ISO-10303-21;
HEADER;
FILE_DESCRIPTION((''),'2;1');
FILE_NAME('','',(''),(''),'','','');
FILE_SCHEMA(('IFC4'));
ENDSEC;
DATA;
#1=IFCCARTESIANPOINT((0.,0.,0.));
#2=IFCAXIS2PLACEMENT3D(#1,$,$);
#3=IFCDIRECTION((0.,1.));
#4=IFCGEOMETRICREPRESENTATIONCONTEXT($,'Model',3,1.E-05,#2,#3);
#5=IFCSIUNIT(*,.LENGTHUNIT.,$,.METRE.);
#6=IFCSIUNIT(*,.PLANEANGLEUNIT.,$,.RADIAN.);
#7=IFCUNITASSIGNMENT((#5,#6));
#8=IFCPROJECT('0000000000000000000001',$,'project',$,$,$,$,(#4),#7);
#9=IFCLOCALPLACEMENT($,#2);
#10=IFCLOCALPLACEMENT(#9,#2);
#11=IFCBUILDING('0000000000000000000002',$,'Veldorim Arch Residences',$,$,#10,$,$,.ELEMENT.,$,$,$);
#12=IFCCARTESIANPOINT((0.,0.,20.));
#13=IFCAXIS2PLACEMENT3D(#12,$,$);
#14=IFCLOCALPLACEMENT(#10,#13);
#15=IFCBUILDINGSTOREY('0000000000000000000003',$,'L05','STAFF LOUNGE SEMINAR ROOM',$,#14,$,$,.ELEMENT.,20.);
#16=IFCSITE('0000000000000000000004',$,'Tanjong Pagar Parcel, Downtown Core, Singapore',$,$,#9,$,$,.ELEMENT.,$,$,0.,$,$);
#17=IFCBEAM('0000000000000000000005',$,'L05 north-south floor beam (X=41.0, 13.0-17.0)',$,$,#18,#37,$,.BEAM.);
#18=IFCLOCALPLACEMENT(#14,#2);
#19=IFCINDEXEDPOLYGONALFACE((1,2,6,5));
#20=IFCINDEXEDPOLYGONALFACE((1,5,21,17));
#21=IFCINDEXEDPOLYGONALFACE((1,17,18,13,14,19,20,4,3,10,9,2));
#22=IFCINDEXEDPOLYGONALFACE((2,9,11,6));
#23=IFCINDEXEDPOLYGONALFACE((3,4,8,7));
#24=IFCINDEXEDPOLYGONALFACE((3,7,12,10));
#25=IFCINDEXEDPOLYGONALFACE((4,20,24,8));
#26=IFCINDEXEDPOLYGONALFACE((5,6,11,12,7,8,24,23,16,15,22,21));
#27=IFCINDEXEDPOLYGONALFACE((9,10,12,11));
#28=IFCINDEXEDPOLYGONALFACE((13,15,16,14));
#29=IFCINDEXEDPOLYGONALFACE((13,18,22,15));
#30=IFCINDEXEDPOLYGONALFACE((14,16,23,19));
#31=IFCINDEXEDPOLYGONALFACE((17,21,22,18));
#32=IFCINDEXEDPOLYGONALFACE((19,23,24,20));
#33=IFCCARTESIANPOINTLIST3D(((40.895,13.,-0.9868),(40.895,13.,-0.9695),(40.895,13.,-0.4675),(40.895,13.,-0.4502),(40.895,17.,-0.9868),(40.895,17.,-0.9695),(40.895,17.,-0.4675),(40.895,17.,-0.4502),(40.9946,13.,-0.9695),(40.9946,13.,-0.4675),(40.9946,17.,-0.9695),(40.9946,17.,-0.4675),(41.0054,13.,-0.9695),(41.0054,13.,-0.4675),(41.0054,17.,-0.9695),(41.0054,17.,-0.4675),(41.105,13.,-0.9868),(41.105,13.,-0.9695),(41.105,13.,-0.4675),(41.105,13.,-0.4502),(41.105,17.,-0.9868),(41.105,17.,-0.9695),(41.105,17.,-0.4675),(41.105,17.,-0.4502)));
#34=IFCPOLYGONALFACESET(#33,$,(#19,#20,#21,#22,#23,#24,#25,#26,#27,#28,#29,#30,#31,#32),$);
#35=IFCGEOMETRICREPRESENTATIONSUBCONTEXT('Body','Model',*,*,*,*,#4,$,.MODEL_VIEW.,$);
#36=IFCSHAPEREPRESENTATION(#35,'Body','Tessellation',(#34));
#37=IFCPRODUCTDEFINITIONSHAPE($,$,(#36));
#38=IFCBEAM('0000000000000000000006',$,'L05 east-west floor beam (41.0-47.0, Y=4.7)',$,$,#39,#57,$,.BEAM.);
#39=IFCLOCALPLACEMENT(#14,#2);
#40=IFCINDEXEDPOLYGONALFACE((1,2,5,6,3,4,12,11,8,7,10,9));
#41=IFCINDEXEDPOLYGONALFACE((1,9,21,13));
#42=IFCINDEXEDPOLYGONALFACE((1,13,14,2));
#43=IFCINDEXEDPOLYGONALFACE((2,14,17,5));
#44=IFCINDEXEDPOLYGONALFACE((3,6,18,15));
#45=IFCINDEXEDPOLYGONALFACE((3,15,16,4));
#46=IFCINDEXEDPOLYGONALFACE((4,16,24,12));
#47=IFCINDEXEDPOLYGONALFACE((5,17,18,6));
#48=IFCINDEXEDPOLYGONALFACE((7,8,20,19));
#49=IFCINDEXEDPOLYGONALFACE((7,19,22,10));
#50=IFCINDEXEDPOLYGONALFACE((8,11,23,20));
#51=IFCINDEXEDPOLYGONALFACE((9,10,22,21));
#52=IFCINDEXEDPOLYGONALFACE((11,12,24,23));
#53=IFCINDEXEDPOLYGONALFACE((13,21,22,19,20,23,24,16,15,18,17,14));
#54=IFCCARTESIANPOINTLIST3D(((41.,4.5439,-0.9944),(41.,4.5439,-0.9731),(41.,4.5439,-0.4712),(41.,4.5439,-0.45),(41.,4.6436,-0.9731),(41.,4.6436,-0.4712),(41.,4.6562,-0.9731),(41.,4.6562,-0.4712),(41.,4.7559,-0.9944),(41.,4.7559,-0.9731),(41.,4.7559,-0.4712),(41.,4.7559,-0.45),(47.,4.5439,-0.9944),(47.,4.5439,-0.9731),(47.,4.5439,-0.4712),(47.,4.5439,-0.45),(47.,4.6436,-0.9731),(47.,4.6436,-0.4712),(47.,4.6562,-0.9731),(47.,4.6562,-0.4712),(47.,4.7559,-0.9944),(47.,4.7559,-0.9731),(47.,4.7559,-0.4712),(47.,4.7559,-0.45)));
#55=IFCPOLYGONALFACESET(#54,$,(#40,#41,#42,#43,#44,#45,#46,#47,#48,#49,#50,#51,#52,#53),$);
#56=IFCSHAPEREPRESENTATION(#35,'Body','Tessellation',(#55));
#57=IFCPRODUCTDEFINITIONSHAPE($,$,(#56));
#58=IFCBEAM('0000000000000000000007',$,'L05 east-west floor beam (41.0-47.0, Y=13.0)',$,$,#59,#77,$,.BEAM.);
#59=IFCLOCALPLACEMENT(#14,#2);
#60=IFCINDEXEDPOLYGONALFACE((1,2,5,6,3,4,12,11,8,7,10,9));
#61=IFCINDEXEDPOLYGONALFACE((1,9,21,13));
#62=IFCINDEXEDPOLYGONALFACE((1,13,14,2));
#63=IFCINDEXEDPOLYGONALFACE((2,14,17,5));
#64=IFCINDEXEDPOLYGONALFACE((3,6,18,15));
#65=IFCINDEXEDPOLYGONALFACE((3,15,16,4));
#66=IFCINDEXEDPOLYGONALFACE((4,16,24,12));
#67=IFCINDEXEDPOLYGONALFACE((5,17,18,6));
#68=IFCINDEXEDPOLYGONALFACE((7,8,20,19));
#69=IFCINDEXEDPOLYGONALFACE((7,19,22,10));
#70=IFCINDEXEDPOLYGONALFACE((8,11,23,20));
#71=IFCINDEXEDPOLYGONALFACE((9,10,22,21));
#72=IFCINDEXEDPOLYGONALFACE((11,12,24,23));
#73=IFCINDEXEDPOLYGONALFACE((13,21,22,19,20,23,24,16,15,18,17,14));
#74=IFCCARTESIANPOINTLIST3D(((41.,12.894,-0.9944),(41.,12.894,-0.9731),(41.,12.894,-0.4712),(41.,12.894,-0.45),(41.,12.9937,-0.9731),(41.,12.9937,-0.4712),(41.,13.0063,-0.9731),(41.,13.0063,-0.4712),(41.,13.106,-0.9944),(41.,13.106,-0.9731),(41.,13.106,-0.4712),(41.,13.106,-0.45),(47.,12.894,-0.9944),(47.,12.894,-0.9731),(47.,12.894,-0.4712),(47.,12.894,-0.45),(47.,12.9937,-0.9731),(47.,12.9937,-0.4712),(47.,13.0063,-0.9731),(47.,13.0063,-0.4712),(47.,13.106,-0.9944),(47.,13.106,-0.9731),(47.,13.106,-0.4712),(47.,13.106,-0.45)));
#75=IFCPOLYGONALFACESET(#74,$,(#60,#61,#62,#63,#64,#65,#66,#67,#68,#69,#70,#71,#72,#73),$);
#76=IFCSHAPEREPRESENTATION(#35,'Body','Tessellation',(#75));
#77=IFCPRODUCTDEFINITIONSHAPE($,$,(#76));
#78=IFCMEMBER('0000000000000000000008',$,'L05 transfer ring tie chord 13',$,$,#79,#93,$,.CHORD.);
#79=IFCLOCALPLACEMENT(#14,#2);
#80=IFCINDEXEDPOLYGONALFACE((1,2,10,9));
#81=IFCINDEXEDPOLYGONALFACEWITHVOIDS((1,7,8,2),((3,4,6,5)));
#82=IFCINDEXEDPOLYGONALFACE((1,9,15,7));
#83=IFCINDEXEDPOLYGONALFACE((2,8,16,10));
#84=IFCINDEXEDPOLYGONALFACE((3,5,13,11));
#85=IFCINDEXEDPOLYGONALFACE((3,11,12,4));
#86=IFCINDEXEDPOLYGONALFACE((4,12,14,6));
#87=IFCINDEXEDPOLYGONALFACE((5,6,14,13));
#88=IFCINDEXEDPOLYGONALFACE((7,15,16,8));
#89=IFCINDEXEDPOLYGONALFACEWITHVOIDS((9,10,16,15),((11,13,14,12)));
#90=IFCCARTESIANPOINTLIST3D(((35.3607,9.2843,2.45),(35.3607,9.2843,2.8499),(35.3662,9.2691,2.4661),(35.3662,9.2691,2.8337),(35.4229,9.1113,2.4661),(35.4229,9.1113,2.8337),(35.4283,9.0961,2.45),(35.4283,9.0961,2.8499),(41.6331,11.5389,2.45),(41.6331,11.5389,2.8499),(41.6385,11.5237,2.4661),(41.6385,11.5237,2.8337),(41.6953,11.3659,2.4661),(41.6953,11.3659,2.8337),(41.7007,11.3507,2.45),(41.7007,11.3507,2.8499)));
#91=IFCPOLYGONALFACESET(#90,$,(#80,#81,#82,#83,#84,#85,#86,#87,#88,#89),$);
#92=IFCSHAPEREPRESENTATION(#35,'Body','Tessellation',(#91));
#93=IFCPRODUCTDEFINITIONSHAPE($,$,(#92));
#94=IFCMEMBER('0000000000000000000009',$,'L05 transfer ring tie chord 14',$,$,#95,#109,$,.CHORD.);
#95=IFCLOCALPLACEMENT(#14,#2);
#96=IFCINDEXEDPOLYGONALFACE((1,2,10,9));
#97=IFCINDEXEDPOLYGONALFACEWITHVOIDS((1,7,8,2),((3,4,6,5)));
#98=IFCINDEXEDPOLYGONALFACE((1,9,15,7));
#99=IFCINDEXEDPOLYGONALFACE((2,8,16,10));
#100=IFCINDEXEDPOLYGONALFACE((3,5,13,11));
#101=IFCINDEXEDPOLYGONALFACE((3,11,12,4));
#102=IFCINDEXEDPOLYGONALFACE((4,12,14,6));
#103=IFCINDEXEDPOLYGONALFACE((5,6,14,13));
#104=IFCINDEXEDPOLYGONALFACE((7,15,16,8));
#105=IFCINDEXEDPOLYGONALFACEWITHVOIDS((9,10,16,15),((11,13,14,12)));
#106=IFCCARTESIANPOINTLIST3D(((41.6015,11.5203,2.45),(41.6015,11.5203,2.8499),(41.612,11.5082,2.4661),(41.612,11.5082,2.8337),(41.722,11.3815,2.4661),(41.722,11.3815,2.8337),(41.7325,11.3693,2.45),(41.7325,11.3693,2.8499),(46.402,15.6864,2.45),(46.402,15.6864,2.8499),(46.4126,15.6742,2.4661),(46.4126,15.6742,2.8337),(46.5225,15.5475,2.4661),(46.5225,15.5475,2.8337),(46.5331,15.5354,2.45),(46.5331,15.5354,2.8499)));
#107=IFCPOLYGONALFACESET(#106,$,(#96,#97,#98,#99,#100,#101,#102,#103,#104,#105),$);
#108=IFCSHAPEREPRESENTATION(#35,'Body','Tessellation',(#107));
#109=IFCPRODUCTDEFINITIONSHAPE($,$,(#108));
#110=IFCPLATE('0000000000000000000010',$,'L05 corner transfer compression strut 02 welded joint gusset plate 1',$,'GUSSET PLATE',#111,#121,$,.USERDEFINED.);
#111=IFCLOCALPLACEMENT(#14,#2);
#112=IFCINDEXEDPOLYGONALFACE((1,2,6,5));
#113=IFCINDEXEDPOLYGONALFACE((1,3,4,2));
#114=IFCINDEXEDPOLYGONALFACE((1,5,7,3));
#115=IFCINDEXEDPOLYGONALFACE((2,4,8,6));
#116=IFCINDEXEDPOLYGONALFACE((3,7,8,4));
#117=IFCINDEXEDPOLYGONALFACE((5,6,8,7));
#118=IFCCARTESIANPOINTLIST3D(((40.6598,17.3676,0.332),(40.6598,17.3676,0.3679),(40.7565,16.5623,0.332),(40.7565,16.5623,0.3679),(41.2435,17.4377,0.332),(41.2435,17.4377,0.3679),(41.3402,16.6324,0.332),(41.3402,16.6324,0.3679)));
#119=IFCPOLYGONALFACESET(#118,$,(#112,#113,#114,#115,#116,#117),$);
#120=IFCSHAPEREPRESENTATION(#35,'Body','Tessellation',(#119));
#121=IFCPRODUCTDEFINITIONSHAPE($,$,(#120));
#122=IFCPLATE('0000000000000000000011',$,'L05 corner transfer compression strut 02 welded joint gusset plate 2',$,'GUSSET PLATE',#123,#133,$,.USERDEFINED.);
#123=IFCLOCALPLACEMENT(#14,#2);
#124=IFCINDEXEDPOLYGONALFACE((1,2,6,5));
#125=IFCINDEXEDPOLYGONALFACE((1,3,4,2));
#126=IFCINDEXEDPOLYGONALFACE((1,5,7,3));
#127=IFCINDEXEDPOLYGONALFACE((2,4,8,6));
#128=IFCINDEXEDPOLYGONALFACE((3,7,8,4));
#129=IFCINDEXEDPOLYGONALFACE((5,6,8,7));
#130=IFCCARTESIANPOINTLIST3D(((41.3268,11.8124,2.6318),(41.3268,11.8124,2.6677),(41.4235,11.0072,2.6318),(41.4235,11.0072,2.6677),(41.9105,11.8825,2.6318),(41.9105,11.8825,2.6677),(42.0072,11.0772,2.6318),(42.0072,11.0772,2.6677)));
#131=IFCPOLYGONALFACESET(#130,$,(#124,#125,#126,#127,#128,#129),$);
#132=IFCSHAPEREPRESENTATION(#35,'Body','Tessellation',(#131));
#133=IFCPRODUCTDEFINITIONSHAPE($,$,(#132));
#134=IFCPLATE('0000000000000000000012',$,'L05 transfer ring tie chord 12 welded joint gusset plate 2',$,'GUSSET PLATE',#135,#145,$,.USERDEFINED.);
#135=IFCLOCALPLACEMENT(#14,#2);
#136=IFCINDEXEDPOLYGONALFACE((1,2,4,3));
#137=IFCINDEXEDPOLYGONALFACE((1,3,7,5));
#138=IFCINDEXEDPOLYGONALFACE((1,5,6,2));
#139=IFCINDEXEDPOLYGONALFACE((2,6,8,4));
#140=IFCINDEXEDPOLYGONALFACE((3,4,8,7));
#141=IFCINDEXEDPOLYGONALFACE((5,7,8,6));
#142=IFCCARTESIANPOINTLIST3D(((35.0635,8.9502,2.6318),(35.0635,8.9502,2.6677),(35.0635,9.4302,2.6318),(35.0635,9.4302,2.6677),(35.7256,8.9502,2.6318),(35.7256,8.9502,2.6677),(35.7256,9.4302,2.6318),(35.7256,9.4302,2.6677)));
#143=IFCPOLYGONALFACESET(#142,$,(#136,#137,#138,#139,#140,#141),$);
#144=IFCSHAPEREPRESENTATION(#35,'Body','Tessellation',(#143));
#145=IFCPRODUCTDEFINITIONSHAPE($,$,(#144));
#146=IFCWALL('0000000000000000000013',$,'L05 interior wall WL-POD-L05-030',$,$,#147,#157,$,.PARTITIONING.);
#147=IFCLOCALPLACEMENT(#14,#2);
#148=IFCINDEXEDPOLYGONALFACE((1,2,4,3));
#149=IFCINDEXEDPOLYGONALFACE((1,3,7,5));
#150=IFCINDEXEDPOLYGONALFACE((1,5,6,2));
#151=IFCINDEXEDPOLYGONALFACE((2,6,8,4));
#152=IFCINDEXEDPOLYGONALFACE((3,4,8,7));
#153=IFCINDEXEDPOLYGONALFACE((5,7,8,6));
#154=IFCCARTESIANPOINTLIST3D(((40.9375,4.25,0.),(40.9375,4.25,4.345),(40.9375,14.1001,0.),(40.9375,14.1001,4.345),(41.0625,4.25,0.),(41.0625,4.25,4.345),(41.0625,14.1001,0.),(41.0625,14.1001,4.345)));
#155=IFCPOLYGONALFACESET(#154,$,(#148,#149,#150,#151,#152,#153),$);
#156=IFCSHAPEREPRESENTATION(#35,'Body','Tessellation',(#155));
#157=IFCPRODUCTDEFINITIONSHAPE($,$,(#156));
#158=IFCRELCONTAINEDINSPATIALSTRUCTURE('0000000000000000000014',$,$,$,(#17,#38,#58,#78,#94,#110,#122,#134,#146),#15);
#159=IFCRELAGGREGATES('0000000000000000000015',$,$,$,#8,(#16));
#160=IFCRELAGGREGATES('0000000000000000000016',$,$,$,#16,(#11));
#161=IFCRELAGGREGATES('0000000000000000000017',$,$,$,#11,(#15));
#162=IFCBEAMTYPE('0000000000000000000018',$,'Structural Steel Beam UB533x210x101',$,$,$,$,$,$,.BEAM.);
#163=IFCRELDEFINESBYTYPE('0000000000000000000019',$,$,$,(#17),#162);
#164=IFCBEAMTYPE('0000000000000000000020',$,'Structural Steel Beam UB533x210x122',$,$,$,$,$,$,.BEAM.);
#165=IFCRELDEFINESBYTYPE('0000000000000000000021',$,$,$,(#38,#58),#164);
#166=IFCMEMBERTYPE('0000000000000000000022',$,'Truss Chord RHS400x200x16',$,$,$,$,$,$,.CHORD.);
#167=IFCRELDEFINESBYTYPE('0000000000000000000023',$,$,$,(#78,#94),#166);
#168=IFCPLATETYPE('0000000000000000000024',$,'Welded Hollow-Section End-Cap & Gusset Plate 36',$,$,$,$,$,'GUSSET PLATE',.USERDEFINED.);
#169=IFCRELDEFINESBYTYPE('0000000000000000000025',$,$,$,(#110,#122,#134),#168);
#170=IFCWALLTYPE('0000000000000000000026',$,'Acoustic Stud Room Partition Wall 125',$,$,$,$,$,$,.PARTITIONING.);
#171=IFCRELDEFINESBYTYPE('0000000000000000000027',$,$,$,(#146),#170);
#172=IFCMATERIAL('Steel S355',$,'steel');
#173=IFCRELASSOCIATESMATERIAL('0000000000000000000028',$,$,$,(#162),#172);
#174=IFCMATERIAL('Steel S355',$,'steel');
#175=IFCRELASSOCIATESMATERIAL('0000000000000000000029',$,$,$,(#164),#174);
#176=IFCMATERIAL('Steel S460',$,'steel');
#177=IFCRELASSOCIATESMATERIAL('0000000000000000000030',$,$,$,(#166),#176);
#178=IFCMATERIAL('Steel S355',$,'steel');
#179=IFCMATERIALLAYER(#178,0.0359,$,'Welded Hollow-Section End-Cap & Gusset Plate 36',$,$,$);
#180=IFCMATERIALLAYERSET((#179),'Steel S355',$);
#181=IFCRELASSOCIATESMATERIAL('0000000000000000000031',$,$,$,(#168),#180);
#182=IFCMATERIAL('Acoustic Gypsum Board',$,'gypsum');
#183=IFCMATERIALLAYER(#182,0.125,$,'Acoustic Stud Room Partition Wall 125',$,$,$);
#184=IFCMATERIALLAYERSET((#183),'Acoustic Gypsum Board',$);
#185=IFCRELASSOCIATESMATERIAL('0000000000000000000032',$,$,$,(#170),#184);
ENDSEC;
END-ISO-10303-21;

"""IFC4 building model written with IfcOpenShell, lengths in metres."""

from ifc_helpers import new_model, si_unit, direction, frame, frame_2d, origin, origin_2d, place, context, subcontext, project, spatial, rectangle, hollow_rectangle, i_section, extrude, material, layer, layer_set, material_profile, profile_set, type_object, element, save


model = new_model("IFC4")

# Units and contexts
model_context = context("Model", 3, precision=1e-05, world=origin(), true_north=direction((0.0, 1.0)))
body_context = subcontext(model_context, "Body", "Model", "MODEL_VIEW")
ifc_project = project(units=[si_unit("LENGTHUNIT", "METRE"), si_unit("PLANEANGLEUNIT", "RADIAN")], contexts=[model_context])

# Site, building, storey
site_placement = place(None, origin())
site = spatial("IfcSite", under=ifc_project, at=site_placement, Name="Tanjong Pagar Parcel, Downtown Core, Singapore", CompositionType="ELEMENT", RefElevation=0.0)
building_placement = place(site_placement, origin())
building = spatial("IfcBuilding", under=site, at=building_placement, Name="Veldorim Arch Residences", CompositionType="ELEMENT")
storey_placement = place(building_placement, frame((0.0, 0.0, 20.0)))
storey = spatial("IfcBuildingStorey", under=building, at=storey_placement, Name="L05", Description="STAFF LOUNGE SEMINAR ROOM", CompositionType="ELEMENT", Elevation=20.0)

# Beams
ifc_material_1 = material(Name="Steel S355", Category="steel")
ifc_material_profile_1 = material_profile(ifc_material_1, i_section(OverallWidth=0.21, OverallDepth=0.5366, WebThickness=0.0107, FlangeThickness=0.0173, at=origin_2d()), Name="UB533x210x101")
ifc_profile_set_1 = profile_set([ifc_material_profile_1], Name="Steel S355")
beam_type_1 = type_object("IfcBeamType", Name="Structural Steel Beam UB533x210x101", PredefinedType="BEAM", material=ifc_profile_set_1)
beam_1_placement = place(storey_placement, frame((41.0, 13.0, -0.7185), z_axis=(0.0, 1.0, 0.0), x_axis=(-1.0, 0.0, 0.0)))
element("IfcBeam", 1, at=beam_1_placement, inside=storey, type_object=beam_type_1, Name="L05 north-south floor beam (X=41.0, 13.0-17.0)", PredefinedType="BEAM", context=body_context, shape_type="SweptSolid", body=[
    extrude(i_section(OverallWidth=0.21, OverallDepth=0.5366, WebThickness=0.0107, FlangeThickness=0.0173, at=origin_2d()), origin(), (0.0, 0.0, 1.0), 4.0),
])
ifc_material_2 = material(Name="Steel S355", Category="steel")
ifc_material_profile_2 = material_profile(ifc_material_2, i_section(OverallWidth=0.2119, OverallDepth=0.5444, WebThickness=0.0127, FlangeThickness=0.0212, at=origin_2d()), Name="UB533x210x122")
ifc_profile_set_2 = profile_set([ifc_material_profile_2], Name="Steel S355")
beam_type_2 = type_object("IfcBeamType", Name="Structural Steel Beam UB533x210x122", PredefinedType="BEAM", material=ifc_profile_set_2)
for number, where, z_axis, x_axis, name in (
    (2, (41.0, 4.6499, -0.7222), (1.0, 0.0, 0.0), (0.0, 1.0, 0.0), "L05 east-west floor beam (41.0-47.0, Y=4.7)"),
    (3, (41.0, 13.0, -0.7222), (1.0, 0.0, 0.0), (0.0, 1.0, 0.0), "L05 east-west floor beam (41.0-47.0, Y=13.0)"),
):
    element("IfcBeam", number, at=place(storey_placement, frame(where, z_axis=z_axis, x_axis=x_axis)), inside=storey, type_object=beam_type_2, Name=name, PredefinedType="BEAM", context=body_context, shape_type="SweptSolid", body=[
        extrude(i_section(OverallWidth=0.2119, OverallDepth=0.5444, WebThickness=0.0127, FlangeThickness=0.0212, at=origin_2d()), origin(), (0.0, 0.0, 1.0), 6.0),
    ])

# Members
ifc_material_3 = material(Name="Steel S460", Category="steel")
ifc_material_profile_3 = material_profile(ifc_material_3, hollow_rectangle(XDim=0.2, YDim=0.3999, WallThickness=0.0161, at=origin_2d()), Name="RHS400x200x16")
ifc_profile_set_3 = profile_set([ifc_material_profile_3], Name="Steel S460")
member_type_1 = type_object("IfcMemberType", Name="Truss Chord RHS400x200x16", PredefinedType="CHORD", material=ifc_profile_set_3)
member_1_placement = place(storey_placement, frame((35.3945, 9.1902, 2.6499), z_axis=(0.941052, 0.338262, 0.0), x_axis=(-0.338262, 0.941052, 0.0)))
element("IfcMember", 4, at=member_1_placement, inside=storey, type_object=member_type_1, Name="L05 transfer ring tie chord 13", PredefinedType="CHORD", context=body_context, shape_type="SweptSolid", body=[
    extrude(hollow_rectangle(XDim=0.2, YDim=0.3999, WallThickness=0.0161, at=origin_2d()), origin(), (0.0, 0.0, 1.0), 6.6653),
])
member_2_placement = place(storey_placement, frame((41.667, 11.4448, 2.6499), z_axis=(0.755257, 0.655429, 0.0), x_axis=(-0.655429, 0.755257, 0.0)))
element("IfcMember", 5, at=member_2_placement, inside=storey, type_object=member_type_1, Name="L05 transfer ring tie chord 14", PredefinedType="CHORD", context=body_context, shape_type="SweptSolid", body=[
    extrude(hollow_rectangle(XDim=0.2, YDim=0.3999, WallThickness=0.0161, at=origin_2d()), origin(), (0.0, 0.0, 1.0), 6.3562),
])

# Plates
ifc_material_4 = material(Name="Steel S355", Category="steel")
ifc_layer_1 = layer(ifc_material_4, 0.0359, Name="Welded Hollow-Section End-Cap & Gusset Plate 36")
ifc_layer_set_1 = layer_set([ifc_layer_1], Name="Steel S355")
plate_type = type_object("IfcPlateType", Name="Welded Hollow-Section End-Cap & Gusset Plate 36", ElementType="GUSSET PLATE", PredefinedType="USERDEFINED", material=ifc_layer_set_1)
for number, where, z_axis, x_axis, name in (
    (6, (41.0, 17.0, 0.332), (0.0, 0.0, 1.0), (0.119201, -0.99287, 0.0), "L05 corner transfer compression strut 02 welded joint gusset plate 1"),
    (7, (41.667, 11.4448, 2.6318), (0.0, 0.0, 1.0), (0.119201, -0.99287, 0.0), "L05 corner transfer compression strut 02 welded joint gusset plate 2"),
):
    element("IfcPlate", number, at=place(storey_placement, frame(where, z_axis=z_axis, x_axis=x_axis)), inside=storey, type_object=plate_type, Name=name, ObjectType="GUSSET PLATE", PredefinedType="USERDEFINED", context=body_context, shape_type="SweptSolid", body=[
        extrude(rectangle(XDim=0.811, YDim=0.5879, at=origin_2d()), origin(), (0.0, 0.0, 1.0), 0.0359),
    ])
plate_placement = place(storey_placement, frame((35.3945, 9.1902, 2.6318), z_axis=(0.0, 0.0, 1.0), x_axis=(1.0, 0.0, 0.0)))
element("IfcPlate", 8, at=plate_placement, inside=storey, type_object=plate_type, Name="L05 transfer ring tie chord 12 welded joint gusset plate 2", ObjectType="GUSSET PLATE", PredefinedType="USERDEFINED", context=body_context, shape_type="SweptSolid", body=[
    extrude(rectangle(XDim=0.6621, YDim=0.48, at=origin_2d()), origin(), (0.0, 0.0, 1.0), 0.0359),
])

# Wall
ifc_material_5 = material(Name="Acoustic Gypsum Board", Category="gypsum")
ifc_layer_2 = layer(ifc_material_5, 0.125, Name="Acoustic Stud Room Partition Wall 125")
ifc_layer_set_2 = layer_set([ifc_layer_2], Name="Acoustic Gypsum Board")
wall_type_1 = type_object("IfcWallType", Name="Acoustic Stud Room Partition Wall 125", PredefinedType="PARTITIONING", material=ifc_layer_set_2)
wall_1_placement = place(storey_placement, frame((41.0, 4.25, 0.0), z_axis=(0.0, 0.0, 1.0), x_axis=(0.0, 1.0, 0.0)))
element("IfcWall", 9, at=wall_1_placement, inside=storey, type_object=wall_type_1, Name="L05 interior wall WL-POD-L05-030", PredefinedType="PARTITIONING", context=body_context, shape_type="SweptSolid", body=[
    extrude(rectangle(XDim=9.8501, YDim=0.125, at=frame_2d((4.925, 0.0))), origin(), (0.0, 0.0, 1.0), 4.345),
])

save(model, "model.ifc")
